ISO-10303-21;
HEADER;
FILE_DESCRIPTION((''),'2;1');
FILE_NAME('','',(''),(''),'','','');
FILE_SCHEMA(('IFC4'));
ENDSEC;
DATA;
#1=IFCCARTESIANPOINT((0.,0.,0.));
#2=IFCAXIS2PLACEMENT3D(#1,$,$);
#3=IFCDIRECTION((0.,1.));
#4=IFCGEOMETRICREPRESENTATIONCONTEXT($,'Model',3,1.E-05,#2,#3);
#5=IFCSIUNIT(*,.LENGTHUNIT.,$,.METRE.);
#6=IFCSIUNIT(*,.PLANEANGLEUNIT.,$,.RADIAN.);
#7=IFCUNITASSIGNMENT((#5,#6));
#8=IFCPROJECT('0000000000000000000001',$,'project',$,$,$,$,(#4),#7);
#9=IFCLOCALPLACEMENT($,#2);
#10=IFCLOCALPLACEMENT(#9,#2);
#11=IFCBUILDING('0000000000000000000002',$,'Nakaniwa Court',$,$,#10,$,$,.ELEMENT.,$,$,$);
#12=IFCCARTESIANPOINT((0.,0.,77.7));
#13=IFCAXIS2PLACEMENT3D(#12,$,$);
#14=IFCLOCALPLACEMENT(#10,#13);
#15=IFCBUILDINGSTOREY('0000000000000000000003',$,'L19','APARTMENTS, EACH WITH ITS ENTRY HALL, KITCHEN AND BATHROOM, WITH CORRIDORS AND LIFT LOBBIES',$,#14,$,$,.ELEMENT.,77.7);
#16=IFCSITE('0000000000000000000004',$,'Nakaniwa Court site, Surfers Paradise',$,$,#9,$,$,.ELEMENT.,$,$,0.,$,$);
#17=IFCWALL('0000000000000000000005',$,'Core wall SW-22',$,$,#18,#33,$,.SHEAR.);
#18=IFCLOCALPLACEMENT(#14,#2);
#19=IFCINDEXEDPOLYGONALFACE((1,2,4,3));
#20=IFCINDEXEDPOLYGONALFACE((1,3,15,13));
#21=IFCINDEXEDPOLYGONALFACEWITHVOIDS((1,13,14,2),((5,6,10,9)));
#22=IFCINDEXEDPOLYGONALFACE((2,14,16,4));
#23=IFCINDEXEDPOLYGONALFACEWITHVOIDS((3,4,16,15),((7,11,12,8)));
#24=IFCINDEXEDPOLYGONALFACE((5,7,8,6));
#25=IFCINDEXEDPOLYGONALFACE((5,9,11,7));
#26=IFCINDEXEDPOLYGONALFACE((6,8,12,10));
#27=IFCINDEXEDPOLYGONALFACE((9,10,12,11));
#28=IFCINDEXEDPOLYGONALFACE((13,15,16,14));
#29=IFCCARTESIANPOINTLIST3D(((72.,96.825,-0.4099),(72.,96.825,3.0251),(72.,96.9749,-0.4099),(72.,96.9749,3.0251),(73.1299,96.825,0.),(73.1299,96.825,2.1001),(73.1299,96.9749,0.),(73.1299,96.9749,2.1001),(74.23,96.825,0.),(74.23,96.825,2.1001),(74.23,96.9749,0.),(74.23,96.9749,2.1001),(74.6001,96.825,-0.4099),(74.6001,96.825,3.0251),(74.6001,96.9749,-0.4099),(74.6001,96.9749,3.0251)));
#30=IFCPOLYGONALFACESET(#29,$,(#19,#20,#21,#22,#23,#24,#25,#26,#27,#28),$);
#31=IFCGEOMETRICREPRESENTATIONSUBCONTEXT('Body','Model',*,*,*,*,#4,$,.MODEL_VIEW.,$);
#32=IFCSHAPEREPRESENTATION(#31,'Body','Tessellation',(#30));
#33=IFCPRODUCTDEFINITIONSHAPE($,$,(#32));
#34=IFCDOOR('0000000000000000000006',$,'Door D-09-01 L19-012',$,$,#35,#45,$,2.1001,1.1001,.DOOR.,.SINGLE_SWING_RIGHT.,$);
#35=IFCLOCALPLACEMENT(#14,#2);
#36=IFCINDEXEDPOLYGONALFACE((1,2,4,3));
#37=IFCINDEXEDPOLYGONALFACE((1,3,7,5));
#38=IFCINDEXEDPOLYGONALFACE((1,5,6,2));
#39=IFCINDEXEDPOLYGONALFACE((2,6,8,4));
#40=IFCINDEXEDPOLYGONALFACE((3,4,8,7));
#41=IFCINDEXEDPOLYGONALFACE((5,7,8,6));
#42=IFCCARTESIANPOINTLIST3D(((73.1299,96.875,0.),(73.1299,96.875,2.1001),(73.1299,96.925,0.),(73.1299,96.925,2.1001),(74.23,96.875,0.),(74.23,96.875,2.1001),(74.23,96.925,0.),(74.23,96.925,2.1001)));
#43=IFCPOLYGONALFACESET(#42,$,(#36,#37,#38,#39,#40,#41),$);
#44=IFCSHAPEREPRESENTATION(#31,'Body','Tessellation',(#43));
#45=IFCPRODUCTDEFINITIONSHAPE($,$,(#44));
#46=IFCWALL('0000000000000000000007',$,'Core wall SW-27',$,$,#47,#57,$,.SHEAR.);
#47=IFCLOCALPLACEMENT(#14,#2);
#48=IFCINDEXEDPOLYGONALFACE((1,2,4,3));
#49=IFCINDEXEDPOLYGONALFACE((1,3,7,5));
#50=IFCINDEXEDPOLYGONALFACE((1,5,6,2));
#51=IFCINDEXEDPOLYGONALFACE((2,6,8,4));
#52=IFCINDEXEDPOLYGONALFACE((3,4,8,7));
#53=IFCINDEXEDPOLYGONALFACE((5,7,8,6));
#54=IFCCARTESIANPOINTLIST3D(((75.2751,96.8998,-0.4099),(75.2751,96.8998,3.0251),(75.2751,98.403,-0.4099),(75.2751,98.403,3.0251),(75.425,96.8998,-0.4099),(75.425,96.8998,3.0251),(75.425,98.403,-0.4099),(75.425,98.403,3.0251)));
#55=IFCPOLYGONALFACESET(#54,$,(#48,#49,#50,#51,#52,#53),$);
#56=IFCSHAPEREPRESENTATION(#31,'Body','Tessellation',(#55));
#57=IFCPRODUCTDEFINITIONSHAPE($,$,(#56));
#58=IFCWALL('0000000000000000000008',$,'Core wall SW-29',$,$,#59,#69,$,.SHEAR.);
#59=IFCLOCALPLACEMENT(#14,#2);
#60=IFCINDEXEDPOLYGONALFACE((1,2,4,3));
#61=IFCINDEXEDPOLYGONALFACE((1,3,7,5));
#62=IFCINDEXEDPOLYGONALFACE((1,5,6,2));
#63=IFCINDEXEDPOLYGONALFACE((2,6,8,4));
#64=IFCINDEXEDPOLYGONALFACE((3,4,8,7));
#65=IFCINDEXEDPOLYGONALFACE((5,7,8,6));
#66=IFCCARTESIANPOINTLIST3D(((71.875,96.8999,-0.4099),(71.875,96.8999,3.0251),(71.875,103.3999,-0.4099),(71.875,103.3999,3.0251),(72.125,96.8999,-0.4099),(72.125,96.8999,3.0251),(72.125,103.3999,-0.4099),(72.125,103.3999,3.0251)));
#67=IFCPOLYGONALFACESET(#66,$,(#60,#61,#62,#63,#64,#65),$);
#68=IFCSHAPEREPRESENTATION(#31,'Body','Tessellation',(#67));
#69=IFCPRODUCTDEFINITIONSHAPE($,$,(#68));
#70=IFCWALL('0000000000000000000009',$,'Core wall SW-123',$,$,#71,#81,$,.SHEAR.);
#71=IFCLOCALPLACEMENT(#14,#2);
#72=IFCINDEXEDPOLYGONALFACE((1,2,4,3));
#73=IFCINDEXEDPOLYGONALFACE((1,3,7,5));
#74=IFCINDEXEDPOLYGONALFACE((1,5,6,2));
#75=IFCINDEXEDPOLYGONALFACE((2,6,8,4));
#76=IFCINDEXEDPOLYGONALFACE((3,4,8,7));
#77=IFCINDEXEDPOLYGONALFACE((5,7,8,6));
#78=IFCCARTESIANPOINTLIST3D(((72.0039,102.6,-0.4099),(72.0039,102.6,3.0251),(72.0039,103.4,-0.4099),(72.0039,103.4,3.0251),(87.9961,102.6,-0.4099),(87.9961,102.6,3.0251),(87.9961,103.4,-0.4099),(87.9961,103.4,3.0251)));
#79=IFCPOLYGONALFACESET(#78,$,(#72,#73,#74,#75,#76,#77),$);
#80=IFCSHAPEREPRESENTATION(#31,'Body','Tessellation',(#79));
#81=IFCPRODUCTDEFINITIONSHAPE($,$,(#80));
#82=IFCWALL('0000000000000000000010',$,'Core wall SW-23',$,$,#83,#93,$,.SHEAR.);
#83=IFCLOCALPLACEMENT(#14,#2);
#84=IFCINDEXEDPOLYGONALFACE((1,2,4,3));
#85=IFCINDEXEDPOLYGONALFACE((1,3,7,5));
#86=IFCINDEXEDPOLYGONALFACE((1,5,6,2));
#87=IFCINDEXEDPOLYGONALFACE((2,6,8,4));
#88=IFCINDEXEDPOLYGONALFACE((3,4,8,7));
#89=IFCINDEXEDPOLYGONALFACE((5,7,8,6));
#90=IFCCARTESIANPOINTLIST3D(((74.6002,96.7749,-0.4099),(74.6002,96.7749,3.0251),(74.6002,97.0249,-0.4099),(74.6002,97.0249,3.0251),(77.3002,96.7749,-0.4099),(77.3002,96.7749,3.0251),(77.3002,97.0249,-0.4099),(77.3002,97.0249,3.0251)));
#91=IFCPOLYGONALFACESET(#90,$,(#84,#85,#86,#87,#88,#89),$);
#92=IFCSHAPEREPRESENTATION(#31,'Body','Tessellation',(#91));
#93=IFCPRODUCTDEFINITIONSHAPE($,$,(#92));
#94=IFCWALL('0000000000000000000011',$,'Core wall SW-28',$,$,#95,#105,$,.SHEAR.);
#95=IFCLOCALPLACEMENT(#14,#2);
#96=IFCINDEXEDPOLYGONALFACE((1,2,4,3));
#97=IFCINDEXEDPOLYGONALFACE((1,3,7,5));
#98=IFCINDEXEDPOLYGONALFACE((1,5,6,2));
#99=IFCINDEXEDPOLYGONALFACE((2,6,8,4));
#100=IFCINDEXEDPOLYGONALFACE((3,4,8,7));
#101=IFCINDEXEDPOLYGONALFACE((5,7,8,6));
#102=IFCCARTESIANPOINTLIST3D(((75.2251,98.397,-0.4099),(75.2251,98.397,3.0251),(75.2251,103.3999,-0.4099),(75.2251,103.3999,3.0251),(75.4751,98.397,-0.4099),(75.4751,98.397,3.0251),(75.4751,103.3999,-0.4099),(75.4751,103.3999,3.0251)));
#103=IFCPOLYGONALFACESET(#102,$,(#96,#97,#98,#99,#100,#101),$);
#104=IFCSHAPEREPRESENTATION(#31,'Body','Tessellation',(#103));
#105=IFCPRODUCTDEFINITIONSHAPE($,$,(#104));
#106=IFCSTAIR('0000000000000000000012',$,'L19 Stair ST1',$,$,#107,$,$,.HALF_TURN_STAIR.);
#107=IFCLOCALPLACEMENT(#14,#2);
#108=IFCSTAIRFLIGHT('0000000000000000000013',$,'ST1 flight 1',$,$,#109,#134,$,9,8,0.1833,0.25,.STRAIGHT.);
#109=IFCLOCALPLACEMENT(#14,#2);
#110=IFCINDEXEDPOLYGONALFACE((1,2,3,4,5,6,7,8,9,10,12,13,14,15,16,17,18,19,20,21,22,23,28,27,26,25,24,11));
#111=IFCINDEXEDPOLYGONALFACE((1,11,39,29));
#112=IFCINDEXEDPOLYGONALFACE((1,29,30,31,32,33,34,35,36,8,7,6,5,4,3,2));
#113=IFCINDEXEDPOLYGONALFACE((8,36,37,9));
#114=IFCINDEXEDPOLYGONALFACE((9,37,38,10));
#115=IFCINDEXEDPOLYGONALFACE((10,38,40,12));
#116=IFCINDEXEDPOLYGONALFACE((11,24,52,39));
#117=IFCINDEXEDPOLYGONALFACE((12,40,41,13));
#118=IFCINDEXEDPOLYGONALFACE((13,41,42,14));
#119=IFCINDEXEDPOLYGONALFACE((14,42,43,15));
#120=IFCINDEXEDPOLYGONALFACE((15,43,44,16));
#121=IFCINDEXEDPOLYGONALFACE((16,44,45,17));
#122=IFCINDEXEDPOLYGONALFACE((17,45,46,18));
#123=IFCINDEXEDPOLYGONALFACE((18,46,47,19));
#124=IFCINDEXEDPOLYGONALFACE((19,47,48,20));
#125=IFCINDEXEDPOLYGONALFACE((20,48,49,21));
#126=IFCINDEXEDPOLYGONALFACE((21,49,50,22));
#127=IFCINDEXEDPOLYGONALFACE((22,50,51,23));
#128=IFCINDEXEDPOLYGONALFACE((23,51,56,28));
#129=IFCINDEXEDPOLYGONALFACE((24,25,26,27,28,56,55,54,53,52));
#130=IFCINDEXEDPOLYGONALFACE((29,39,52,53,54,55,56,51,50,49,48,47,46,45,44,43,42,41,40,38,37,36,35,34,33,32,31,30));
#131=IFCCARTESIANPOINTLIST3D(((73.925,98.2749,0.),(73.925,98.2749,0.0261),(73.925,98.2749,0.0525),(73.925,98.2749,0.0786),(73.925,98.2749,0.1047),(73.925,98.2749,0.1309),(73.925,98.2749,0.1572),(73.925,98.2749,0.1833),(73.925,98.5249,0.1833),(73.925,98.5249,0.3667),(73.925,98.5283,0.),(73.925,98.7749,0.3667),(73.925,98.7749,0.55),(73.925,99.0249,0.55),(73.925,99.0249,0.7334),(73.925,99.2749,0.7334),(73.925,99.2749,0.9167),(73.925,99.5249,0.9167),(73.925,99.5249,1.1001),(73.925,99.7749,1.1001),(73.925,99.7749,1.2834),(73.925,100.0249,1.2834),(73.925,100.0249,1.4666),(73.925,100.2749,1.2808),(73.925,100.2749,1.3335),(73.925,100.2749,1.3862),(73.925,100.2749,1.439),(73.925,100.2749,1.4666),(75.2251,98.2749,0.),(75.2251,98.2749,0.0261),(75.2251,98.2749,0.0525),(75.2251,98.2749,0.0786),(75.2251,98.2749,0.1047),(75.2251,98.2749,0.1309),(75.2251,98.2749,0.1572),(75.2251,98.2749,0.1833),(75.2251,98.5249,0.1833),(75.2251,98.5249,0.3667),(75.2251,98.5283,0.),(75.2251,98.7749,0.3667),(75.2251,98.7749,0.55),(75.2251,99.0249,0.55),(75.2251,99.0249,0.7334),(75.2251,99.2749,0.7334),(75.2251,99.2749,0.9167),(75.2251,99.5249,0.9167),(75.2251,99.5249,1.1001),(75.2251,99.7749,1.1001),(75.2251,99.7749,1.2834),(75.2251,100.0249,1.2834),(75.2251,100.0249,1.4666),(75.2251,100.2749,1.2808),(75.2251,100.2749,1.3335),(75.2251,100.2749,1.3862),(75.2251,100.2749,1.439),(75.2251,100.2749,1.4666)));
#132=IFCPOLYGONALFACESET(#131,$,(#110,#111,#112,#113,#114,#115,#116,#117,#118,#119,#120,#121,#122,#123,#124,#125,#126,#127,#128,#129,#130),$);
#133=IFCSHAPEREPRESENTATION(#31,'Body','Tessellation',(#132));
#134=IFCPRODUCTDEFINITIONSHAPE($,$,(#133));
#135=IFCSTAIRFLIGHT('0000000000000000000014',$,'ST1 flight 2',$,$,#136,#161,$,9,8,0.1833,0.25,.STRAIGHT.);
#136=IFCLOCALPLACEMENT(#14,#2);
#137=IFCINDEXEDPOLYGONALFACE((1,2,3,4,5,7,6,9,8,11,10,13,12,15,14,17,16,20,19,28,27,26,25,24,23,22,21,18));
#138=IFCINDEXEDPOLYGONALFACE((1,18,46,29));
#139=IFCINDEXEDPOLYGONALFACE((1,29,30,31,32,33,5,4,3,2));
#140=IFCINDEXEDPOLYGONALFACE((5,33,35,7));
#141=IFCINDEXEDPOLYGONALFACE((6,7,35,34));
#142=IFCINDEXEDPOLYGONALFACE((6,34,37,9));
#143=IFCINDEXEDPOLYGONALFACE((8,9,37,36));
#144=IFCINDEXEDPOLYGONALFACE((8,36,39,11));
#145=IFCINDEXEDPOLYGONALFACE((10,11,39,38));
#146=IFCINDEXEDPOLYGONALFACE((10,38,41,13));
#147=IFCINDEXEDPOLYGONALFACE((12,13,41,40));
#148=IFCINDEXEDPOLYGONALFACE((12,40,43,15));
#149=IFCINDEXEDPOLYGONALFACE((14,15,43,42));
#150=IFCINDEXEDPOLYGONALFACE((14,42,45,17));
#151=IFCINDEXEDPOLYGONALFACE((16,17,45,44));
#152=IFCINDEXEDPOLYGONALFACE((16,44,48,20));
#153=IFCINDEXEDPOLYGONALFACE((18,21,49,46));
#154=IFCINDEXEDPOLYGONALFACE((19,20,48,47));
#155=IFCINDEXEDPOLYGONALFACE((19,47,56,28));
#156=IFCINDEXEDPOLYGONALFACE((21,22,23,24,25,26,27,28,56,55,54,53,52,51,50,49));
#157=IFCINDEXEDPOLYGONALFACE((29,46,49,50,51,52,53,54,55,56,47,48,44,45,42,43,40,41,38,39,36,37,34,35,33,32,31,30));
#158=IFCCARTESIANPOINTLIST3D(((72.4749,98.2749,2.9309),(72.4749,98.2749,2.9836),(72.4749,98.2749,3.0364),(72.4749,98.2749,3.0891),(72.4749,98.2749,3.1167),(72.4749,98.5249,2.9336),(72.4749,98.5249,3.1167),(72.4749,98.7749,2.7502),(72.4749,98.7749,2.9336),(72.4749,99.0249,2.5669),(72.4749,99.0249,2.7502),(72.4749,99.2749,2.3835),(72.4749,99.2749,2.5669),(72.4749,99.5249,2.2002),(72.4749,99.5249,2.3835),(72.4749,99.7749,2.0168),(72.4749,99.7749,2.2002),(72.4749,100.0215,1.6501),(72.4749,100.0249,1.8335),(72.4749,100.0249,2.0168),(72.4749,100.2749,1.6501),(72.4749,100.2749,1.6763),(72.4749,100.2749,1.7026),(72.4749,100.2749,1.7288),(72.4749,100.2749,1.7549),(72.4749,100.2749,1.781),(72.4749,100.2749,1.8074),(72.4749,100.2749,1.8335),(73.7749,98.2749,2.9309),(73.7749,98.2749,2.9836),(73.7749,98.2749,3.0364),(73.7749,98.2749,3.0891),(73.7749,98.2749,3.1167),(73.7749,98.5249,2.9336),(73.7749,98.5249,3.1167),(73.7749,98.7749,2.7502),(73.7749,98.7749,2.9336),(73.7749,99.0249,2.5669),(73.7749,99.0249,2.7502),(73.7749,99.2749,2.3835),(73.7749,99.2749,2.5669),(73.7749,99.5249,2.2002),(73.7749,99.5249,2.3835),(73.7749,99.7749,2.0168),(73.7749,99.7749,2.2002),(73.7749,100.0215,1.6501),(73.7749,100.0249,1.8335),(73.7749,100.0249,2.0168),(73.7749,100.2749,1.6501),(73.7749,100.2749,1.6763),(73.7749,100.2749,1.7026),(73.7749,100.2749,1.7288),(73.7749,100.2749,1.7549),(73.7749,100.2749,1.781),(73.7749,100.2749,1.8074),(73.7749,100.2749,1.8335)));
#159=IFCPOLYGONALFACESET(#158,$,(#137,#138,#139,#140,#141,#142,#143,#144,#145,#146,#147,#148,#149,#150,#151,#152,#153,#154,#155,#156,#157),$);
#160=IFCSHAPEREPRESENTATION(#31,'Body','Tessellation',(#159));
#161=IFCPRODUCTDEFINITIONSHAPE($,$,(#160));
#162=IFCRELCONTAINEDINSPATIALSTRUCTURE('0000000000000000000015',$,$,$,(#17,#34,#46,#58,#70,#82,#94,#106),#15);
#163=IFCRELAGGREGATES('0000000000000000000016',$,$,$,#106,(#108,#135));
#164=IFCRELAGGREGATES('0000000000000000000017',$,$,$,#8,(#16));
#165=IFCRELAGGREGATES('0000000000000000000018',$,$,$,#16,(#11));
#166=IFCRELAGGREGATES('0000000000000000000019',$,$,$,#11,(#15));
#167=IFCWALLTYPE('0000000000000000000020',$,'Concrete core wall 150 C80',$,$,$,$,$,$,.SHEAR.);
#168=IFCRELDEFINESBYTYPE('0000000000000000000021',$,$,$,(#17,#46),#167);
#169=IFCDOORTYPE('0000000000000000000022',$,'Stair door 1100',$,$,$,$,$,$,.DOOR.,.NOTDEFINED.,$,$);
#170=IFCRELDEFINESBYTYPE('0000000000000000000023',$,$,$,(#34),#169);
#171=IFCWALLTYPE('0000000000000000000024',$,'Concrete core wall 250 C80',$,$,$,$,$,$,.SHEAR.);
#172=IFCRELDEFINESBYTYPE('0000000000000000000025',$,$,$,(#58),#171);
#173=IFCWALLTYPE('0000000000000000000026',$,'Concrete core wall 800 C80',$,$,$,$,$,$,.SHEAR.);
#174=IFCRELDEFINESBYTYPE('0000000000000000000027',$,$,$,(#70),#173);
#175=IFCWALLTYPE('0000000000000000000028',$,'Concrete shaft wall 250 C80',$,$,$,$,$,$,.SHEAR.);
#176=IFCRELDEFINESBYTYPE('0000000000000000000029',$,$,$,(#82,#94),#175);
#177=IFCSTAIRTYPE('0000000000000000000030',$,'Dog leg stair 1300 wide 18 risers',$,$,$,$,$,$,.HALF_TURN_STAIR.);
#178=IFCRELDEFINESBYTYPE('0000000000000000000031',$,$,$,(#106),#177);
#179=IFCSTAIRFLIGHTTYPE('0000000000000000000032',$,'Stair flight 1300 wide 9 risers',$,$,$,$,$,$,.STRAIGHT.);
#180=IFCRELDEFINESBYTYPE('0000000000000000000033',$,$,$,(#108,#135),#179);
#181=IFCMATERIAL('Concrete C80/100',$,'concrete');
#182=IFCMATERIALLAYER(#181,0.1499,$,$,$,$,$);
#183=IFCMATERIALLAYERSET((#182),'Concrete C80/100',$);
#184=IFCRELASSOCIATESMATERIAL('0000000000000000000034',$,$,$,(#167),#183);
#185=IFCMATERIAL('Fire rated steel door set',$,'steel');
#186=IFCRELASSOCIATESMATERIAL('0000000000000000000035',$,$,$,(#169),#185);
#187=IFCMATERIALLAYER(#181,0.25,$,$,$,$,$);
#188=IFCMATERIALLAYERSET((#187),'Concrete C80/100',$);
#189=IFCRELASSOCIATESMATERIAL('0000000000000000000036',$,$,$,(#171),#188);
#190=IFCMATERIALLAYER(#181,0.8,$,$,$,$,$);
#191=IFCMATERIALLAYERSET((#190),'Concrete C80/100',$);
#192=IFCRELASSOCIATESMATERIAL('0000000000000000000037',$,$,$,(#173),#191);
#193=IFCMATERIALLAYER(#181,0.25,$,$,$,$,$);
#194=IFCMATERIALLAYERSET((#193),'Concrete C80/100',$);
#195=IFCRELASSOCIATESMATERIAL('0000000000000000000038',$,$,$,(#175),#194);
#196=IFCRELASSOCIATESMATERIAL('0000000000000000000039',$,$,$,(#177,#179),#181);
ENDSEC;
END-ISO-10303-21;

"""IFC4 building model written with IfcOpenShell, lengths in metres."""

from ifc_helpers import new_model, si_unit, direction, frame, frame_2d, origin, place, context, subcontext, project, spatial, polyline, rectangle, outline, extrude, material, layer, layer_set, type_object, element, fill, aggregate, save


model = new_model("IFC4")

# Units and contexts
model_context = context("Model", 3, precision=1e-05, world=origin(), true_north=direction((0.0, 1.0)))
body_context = subcontext(model_context, "Body", "Model", "MODEL_VIEW")
ifc_project = project(units=[si_unit("LENGTHUNIT", "METRE"), si_unit("PLANEANGLEUNIT", "RADIAN")], contexts=[model_context])

# Site, building, storey
site_placement = place(None, origin())
site = spatial("IfcSite", under=ifc_project, at=site_placement, Name="Nakaniwa Court site, Surfers Paradise", CompositionType="ELEMENT", RefElevation=0.0)
building_placement = place(site_placement, origin())
building = spatial("IfcBuilding", under=site, at=building_placement, Name="Nakaniwa Court", CompositionType="ELEMENT")
storey_placement = place(building_placement, frame((0.0, 0.0, 77.7)))
storey = spatial("IfcBuildingStorey", under=building, at=storey_placement, Name="L19", Description="APARTMENTS, EACH WITH ITS ENTRY HALL, KITCHEN AND BATHROOM, WITH CORRIDORS AND LIFT LOBBIES", CompositionType="ELEMENT", Elevation=77.7)

# Shared definitions
ifc_material_1 = material(Name="Concrete C80/100", Category="concrete")

# Shared definitions
ifc_material_2 = material(Name="Fire rated steel door set", Category="steel")

# Wall, opening, door
ifc_layer_1 = layer(ifc_material_1, 0.1499)
ifc_layer_set_1 = layer_set([ifc_layer_1], Name="Concrete C80/100")
wall_type_1 = type_object("IfcWallType", Name="Concrete core wall 150 C80", PredefinedType="SHEAR", material=ifc_layer_set_1)
wall_1_placement = place(storey_placement, frame((74.6001, 96.8999, -0.4099), z_axis=(0.0, 0.0, 1.0), x_axis=(-1.0, 0.0, 0.0)))
wall_1 = element("IfcWall", 1, at=wall_1_placement, inside=storey, type_object=wall_type_1, Name="Core wall SW-22", PredefinedType="SHEAR", context=body_context, shape_type="SweptSolid", body=[
    extrude(rectangle(XDim=2.6001, YDim=0.1499, at=frame_2d((1.3, 0.0))), origin(), (0.0, 0.0, 1.0), 3.4351),
])
opening_1_placement = place(wall_1_placement, frame((0.3701, 0.0, 0.4099)))
opening_1 = element("IfcOpeningElement", 2, at=opening_1_placement, cuts=wall_1, PredefinedType="OPENING", context=body_context, shape_type="SweptSolid", body=[
    extrude(rectangle(XDim=1.1001, YDim=2.1001, at=frame_2d((0.55, 1.05))), frame((0.0, 0.085, 0.0), z_axis=(0.0, -1.0, 0.0), x_axis=(1.0, 0.0, 0.0)), (0.0, 0.0, 1.0), 0.1699),
])
door_type_1 = type_object("IfcDoorType", Name="Stair door 1100", OperationType="NOTDEFINED", PredefinedType="DOOR", material=ifc_material_2)
door_1_placement = place(opening_1_placement, origin())
door_1 = element("IfcDoor", 3, at=door_1_placement, inside=storey, type_object=door_type_1, Name="Door D-09-01 L19-012", OperationType="SINGLE_SWING_RIGHT", OverallHeight=2.1001, OverallWidth=1.1001, PredefinedType="DOOR", context=body_context, shape_type="SweptSolid", body=[
    extrude(rectangle(XDim=1.1001, YDim=2.1001, at=frame_2d((0.55, 1.05))), frame((0.0, 0.0249, 0.0), z_axis=(0.0, -1.0, 0.0), x_axis=(1.0, 0.0, 0.0)), (0.0, 0.0, 1.0), 0.05),
])
fill(opening_1, door_1)

# Walls
wall_2_placement = place(storey_placement, frame((75.3501, 96.8999, -0.4099), z_axis=(0.0, 0.0, 1.0), x_axis=(0.0, 1.0, 0.0)))
element("IfcWall", 4, at=wall_2_placement, inside=storey, type_object=wall_type_1, Name="Core wall SW-27", PredefinedType="SHEAR", context=body_context, shape_type="SweptSolid", body=[
    extrude(rectangle(XDim=1.5032, YDim=0.1499, at=frame_2d((0.7515, 0.0))), origin(), (0.0, 0.0, 1.0), 3.4351),
])
ifc_layer_2 = layer(ifc_material_1, 0.25)
ifc_layer_set_2 = layer_set([ifc_layer_2], Name="Concrete C80/100")
wall_type_2 = type_object("IfcWallType", Name="Concrete core wall 250 C80", PredefinedType="SHEAR", material=ifc_layer_set_2)
wall_3_placement = place(storey_placement, frame((72.0, 96.8999, -0.4099), z_axis=(0.0, 0.0, 1.0), x_axis=(0.0, 1.0, 0.0)))
element("IfcWall", 5, at=wall_3_placement, inside=storey, type_object=wall_type_2, Name="Core wall SW-29", PredefinedType="SHEAR", context=body_context, shape_type="SweptSolid", body=[
    extrude(rectangle(XDim=6.5, YDim=0.25, at=frame_2d((3.25, 0.0))), origin(), (0.0, 0.0, 1.0), 3.4351),
])
ifc_layer_3 = layer(ifc_material_1, 0.8)
ifc_layer_set_3 = layer_set([ifc_layer_3], Name="Concrete C80/100")
wall_type_3 = type_object("IfcWallType", Name="Concrete core wall 800 C80", PredefinedType="SHEAR", material=ifc_layer_set_3)
wall_4_placement = place(storey_placement, frame((72.0039, 103.0, -0.4099), z_axis=(0.0, 0.0, 1.0), x_axis=(1.0, 0.0, 0.0)))
element("IfcWall", 6, at=wall_4_placement, inside=storey, type_object=wall_type_3, Name="Core wall SW-123", PredefinedType="SHEAR", context=body_context, shape_type="SweptSolid", body=[
    extrude(rectangle(XDim=15.9922, YDim=0.8, at=frame_2d((7.9961, 0.0))), origin(), (0.0, 0.0, 1.0), 3.4351),
])
ifc_layer_4 = layer(ifc_material_1, 0.25)
ifc_layer_set_4 = layer_set([ifc_layer_4], Name="Concrete C80/100")
wall_type_4 = type_object("IfcWallType", Name="Concrete shaft wall 250 C80", PredefinedType="SHEAR", material=ifc_layer_set_4)
wall_5_placement = place(storey_placement, frame((74.6001, 96.8999, -0.4099), z_axis=(0.0, 0.0, 1.0), x_axis=(1.0, 0.0, 0.0)))
element("IfcWall", 7, at=wall_5_placement, inside=storey, type_object=wall_type_4, Name="Core wall SW-23", PredefinedType="SHEAR", context=body_context, shape_type="SweptSolid", body=[
    extrude(rectangle(XDim=2.7, YDim=0.25, at=frame_2d((1.3501, 0.0))), origin(), (0.0, 0.0, 1.0), 3.4351),
])
wall_6_placement = place(storey_placement, frame((75.3501, 98.397, -0.4099), z_axis=(0.0, 0.0, 1.0), x_axis=(0.0, 1.0, 0.0)))
element("IfcWall", 8, at=wall_6_placement, inside=storey, type_object=wall_type_4, Name="Core wall SW-28", PredefinedType="SHEAR", context=body_context, shape_type="SweptSolid", body=[
    extrude(rectangle(XDim=5.0029, YDim=0.25, at=frame_2d((2.5015, 0.0))), origin(), (0.0, 0.0, 1.0), 3.4351),
])

# Stair, stair flights
stair_type = type_object("IfcStairType", Name="Dog leg stair 1300 wide 18 risers", PredefinedType="HALF_TURN_STAIR", material=ifc_material_1)
stair_placement = place(storey_placement, origin())
stair = element("IfcStair", 9, at=stair_placement, inside=storey, type_object=stair_type, Name="L19 Stair ST1", PredefinedType="HALF_TURN_STAIR")
stair_flight_type = type_object("IfcStairFlightType", Name="Stair flight 1300 wide 9 risers", PredefinedType="STRAIGHT", material=ifc_material_1)
stair_flight_1_placement = place(storey_placement, frame((74.575, 98.2749, 0.0), z_axis=(0.0, 0.0, 1.0), x_axis=(0.0, 1.0, 0.0)))
stair_flight_1 = element("IfcStairFlight", 10, at=stair_flight_1_placement, type_object=stair_flight_type, Name="ST1 flight 1", NumberOfRisers=9, NumberOfTreads=8, PredefinedType="STRAIGHT", RiserHeight=0.1833, TreadLength=0.25, context=body_context, shape_type="SweptSolid", body=[
    extrude(outline(polyline([(0.0, 0.0), (0.0, 0.0261), (0.0, 0.0525), (0.0, 0.0786), (0.0, 0.1047), (0.0, 0.1309), (0.0, 0.1572), (0.0, 0.1833), (0.25, 0.1833), (0.25, 0.3667), (0.5, 0.3667), (0.5, 0.55), (0.75, 0.55), (0.75, 0.7334), (1.0, 0.7334), (1.0, 0.9167), (1.25, 0.9167), (1.25, 1.1001), (1.5, 1.1001), (1.5, 1.2834), (1.75, 1.2834), (1.75, 1.4666), (2.0, 1.4666), (2.0, 1.6499), (2.0, 1.5972), (2.0, 1.5444), (2.0, 1.4917), (2.0, 1.439), (2.0, 1.3862), (2.0, 1.3335), (2.0, 1.2808), (0.2534, 0.0), (0.0, 0.0)])), frame((0.0, 0.6499, 0.0), z_axis=(0.0, -1.0, 0.0), x_axis=(1.0, 0.0, 0.0)), (0.0, 0.0, 1.0), 1.3),
])
stair_flight_2_placement = place(storey_placement, frame((73.125, 100.2749, 1.6501), z_axis=(0.0, 0.0, 1.0), x_axis=(0.0, -1.0, 0.0)))
stair_flight_2 = element("IfcStairFlight", 11, at=stair_flight_2_placement, type_object=stair_flight_type, Name="ST1 flight 2", NumberOfRisers=9, NumberOfTreads=8, PredefinedType="STRAIGHT", RiserHeight=0.1833, TreadLength=0.25, context=body_context, shape_type="SweptSolid", body=[
    extrude(outline(polyline([(0.0, 0.0), (0.0, 0.0261), (0.0, 0.0525), (0.0, 0.0786), (0.0, 0.1047), (0.0, 0.1309), (0.0, 0.1572), (0.0, 0.1833), (0.25, 0.1833), (0.25, 0.3667), (0.5, 0.3667), (0.5, 0.55), (0.75, 0.55), (0.75, 0.7334), (1.0, 0.7334), (1.0, 0.9167), (1.25, 0.9167), (1.25, 1.1001), (1.5, 1.1001), (1.5, 1.2834), (1.75, 1.2834), (1.75, 1.4666), (2.0, 1.4666), (2.0, 1.6499), (2.0, 1.5972), (2.0, 1.5444), (2.0, 1.4917), (2.0, 1.439), (2.0, 1.3862), (2.0, 1.3335), (2.0, 1.2808), (0.2534, 0.0), (0.0, 0.0)])), frame((0.0, 0.6499, 0.0), z_axis=(0.0, -1.0, 0.0), x_axis=(1.0, 0.0, 0.0)), (0.0, 0.0, 1.0), 1.3),
])
aggregate(stair, [stair_flight_1, stair_flight_2])

save(model, "model.ifc")
